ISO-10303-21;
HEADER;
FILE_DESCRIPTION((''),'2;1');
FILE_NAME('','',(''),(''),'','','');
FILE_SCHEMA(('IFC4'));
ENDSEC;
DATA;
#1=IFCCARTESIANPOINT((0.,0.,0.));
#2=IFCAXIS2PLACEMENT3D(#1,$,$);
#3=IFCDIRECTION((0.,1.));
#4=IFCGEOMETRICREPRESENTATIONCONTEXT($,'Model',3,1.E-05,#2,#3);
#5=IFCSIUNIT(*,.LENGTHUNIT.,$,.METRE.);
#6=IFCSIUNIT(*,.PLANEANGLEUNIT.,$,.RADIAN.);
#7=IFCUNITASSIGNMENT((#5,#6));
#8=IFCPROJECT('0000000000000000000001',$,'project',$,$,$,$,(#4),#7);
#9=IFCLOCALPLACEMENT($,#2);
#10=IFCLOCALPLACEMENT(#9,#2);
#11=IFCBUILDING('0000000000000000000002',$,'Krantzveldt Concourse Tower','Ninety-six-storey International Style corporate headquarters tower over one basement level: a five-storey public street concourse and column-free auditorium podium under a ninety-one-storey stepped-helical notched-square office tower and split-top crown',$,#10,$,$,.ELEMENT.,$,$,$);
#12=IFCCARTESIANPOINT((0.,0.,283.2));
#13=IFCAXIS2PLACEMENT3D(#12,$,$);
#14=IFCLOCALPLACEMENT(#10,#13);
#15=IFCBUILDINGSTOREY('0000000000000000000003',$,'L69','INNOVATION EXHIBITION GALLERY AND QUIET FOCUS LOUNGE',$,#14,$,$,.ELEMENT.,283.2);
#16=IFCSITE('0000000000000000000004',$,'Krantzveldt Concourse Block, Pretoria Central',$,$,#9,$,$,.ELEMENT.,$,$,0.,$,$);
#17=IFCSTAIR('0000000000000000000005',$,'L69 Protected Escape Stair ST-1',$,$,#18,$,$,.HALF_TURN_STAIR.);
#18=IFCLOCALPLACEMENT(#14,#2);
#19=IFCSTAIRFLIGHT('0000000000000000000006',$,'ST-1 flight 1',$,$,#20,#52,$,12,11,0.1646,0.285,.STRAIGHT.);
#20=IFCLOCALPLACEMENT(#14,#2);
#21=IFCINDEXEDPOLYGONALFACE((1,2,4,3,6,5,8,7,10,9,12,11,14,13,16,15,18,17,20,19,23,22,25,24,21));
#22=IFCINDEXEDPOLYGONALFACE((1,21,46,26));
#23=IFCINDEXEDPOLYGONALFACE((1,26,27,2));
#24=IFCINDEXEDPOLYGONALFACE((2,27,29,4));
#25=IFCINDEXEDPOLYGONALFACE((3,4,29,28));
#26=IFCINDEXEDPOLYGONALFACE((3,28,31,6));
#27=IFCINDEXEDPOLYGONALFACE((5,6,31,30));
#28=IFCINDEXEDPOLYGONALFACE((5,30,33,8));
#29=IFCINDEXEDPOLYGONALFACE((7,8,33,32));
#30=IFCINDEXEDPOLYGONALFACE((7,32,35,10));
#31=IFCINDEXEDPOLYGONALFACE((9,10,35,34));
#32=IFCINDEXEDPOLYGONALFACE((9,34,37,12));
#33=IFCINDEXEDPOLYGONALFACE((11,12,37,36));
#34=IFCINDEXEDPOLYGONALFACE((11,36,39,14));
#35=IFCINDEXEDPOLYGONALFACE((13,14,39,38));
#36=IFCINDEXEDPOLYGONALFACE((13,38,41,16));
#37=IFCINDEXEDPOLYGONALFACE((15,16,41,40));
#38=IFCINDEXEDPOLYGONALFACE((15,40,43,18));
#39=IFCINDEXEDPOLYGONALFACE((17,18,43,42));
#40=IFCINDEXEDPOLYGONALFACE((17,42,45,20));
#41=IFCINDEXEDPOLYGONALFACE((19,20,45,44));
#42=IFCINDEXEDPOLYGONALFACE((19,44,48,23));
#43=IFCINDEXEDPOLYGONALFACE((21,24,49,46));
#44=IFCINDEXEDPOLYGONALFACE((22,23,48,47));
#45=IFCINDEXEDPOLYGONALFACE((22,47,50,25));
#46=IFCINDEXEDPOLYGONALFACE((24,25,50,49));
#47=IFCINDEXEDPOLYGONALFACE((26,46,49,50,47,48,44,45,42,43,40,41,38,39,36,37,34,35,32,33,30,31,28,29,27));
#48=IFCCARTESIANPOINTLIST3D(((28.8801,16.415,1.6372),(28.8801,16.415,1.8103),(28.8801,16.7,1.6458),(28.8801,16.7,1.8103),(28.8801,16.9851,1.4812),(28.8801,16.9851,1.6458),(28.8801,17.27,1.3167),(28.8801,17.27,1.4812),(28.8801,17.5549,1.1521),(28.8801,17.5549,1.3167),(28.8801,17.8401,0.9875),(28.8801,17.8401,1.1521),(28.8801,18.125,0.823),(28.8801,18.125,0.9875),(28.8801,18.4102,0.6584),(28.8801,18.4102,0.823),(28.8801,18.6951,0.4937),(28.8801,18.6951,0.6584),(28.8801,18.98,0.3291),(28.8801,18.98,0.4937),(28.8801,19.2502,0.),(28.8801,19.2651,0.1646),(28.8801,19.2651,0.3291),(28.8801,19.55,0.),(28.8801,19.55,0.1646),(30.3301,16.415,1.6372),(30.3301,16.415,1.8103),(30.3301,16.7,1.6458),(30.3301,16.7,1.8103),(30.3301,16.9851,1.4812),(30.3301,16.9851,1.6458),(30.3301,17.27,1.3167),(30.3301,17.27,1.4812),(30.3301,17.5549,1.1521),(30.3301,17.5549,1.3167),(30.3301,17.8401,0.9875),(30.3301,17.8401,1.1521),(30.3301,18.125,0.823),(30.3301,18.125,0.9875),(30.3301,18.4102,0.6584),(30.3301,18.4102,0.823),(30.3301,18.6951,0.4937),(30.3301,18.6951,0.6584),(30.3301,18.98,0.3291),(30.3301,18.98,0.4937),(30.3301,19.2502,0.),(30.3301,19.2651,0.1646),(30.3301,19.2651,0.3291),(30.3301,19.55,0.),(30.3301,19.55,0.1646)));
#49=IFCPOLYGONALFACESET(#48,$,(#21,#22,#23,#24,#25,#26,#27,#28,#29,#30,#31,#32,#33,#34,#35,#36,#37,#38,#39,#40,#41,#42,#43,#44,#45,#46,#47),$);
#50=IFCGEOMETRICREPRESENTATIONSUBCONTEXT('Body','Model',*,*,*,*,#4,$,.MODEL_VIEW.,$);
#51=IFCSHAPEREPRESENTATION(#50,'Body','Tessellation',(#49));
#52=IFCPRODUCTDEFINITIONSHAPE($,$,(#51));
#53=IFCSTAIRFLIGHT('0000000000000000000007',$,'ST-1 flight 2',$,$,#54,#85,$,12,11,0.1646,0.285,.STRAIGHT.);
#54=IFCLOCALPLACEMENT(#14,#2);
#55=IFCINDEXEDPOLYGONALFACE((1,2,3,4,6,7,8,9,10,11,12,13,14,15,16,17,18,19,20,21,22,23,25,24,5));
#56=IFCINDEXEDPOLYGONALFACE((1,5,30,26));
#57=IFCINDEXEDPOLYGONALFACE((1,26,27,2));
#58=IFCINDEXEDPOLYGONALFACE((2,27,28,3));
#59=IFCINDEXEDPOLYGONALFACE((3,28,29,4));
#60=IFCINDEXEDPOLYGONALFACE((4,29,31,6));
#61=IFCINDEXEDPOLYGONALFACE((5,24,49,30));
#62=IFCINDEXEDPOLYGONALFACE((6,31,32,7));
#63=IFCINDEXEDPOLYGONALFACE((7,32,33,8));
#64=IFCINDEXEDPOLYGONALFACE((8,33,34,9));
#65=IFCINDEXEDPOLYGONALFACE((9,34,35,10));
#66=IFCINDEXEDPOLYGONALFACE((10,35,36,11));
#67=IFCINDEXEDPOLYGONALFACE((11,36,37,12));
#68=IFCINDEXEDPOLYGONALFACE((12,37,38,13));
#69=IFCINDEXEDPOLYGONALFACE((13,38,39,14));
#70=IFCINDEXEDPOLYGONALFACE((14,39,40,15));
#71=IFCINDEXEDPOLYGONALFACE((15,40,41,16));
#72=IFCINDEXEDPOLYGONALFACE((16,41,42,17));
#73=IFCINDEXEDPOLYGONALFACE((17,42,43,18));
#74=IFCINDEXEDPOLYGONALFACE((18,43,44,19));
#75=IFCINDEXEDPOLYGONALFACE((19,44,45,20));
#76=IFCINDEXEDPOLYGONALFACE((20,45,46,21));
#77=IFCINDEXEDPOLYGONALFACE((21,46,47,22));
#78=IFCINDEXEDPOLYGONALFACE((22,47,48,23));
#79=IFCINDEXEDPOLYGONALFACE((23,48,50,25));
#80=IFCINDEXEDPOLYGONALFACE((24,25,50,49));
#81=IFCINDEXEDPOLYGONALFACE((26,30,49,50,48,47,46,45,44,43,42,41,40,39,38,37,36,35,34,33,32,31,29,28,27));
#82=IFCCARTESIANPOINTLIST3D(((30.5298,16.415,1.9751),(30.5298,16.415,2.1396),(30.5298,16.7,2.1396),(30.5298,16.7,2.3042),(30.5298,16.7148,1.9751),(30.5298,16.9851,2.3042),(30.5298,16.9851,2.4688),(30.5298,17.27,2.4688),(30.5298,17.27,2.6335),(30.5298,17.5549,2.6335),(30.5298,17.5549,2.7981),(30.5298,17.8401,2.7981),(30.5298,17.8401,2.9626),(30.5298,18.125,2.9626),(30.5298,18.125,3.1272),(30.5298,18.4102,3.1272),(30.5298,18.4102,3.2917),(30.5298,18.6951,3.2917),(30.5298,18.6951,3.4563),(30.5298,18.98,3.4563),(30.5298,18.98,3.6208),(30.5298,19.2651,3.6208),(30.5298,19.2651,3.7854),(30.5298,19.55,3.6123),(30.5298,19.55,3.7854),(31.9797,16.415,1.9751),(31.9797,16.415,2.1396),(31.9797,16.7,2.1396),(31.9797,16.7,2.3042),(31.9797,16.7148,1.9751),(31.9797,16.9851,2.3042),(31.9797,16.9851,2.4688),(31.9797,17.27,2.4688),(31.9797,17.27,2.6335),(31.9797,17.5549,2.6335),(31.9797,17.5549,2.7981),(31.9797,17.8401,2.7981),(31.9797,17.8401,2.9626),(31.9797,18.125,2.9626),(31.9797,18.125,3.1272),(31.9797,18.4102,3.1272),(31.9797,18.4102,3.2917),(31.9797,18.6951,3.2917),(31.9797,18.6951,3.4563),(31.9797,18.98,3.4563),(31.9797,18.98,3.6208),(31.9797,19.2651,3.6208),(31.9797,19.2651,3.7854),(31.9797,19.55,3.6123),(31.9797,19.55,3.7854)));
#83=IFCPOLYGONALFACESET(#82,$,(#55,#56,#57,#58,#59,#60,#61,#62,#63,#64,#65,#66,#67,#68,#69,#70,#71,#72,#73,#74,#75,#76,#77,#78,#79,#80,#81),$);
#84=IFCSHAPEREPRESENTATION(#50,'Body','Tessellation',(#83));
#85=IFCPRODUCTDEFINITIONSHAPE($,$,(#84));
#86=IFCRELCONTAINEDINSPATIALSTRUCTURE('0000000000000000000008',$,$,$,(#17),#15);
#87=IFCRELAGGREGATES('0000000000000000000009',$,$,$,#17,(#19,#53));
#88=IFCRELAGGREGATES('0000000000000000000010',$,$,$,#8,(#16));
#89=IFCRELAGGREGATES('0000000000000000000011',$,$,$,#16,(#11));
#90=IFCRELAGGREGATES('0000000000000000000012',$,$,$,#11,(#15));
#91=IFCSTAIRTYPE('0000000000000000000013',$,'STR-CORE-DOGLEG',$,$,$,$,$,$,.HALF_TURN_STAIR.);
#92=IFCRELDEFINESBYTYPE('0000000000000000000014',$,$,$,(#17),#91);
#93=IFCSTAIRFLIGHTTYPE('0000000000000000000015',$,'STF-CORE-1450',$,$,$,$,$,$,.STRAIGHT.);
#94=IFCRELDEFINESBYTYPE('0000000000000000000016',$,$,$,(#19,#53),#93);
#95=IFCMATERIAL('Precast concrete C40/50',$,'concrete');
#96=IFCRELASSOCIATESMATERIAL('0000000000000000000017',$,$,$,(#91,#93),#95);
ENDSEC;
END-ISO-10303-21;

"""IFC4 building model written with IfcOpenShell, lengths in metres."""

from ifc_helpers import new_model, si_unit, direction, frame, origin, place, context, subcontext, project, spatial, polyline, outline, extrude, material, type_object, element, aggregate, save


model = new_model("IFC4")

# Units and contexts
model_context = context("Model", 3, precision=1e-05, world=origin(), true_north=direction((0.0, 1.0)))
body_context = subcontext(model_context, "Body", "Model", "MODEL_VIEW")
ifc_project = project(units=[si_unit("LENGTHUNIT", "METRE"), si_unit("PLANEANGLEUNIT", "RADIAN")], contexts=[model_context])

# Site, building, storey
site_placement = place(None, origin())
site = spatial("IfcSite", under=ifc_project, at=site_placement, Name="Krantzveldt Concourse Block, Pretoria Central", CompositionType="ELEMENT", RefElevation=0.0)
building_placement = place(site_placement, origin())
building = spatial("IfcBuilding", under=site, at=building_placement, Name="Krantzveldt Concourse Tower", Description="Ninety-six-storey International Style corporate headquarters tower over one basement level: a five-storey public street concourse and column-free auditorium podium under a ninety-one-storey stepped-helical notched-square office tower and split-top crown", CompositionType="ELEMENT")
storey_placement = place(building_placement, frame((0.0, 0.0, 283.2)))
storey = spatial("IfcBuildingStorey", under=building, at=storey_placement, Name="L69", Description="INNOVATION EXHIBITION GALLERY AND QUIET FOCUS LOUNGE", CompositionType="ELEMENT", Elevation=283.2)

# Stair, stair flights
ifc_material_1 = material(Name="Precast concrete C40/50", Category="concrete")
stair_type = type_object("IfcStairType", Name="STR-CORE-DOGLEG", PredefinedType="HALF_TURN_STAIR", material=ifc_material_1)
stair_placement = place(storey_placement, origin())
stair = element("IfcStair", 1, at=stair_placement, inside=storey, type_object=stair_type, Name="L69 Protected Escape Stair ST-1", PredefinedType="HALF_TURN_STAIR")
stair_flight_type = type_object("IfcStairFlightType", Name="STF-CORE-1450", PredefinedType="STRAIGHT", material=ifc_material_1)
stair_flight_1_placement = place(storey_placement, frame((29.605, 19.55, 0.0), z_axis=(0.0, 0.0, 1.0), x_axis=(0.0, -1.0, 0.0)))
stair_flight_1 = element("IfcStairFlight", 2, at=stair_flight_1_placement, type_object=stair_flight_type, Name="ST-1 flight 1", NumberOfRisers=12, NumberOfTreads=11, PredefinedType="STRAIGHT", RiserHeight=0.1646, TreadLength=0.285, context=body_context, shape_type="SweptSolid", body=[
    extrude(outline(polyline([(0.0, 0.0), (0.0, 0.1646), (0.2849, 0.1646), (0.2849, 0.3291), (0.5701, 0.3291), (0.5701, 0.4937), (0.855, 0.4937), (0.855, 0.6584), (1.1399, 0.6584), (1.1399, 0.823), (1.425, 0.823), (1.425, 0.9875), (1.71, 0.9875), (1.71, 1.1521), (1.9951, 1.1521), (1.9951, 1.3167), (2.28, 1.3167), (2.28, 1.4812), (2.5649, 1.4812), (2.5649, 1.6458), (2.8501, 1.6458), (2.8501, 1.8103), (3.135, 1.8103), (3.135, 1.9751), (3.135, 1.6372), (0.2998, 0.0), (0.0, 0.0)])), frame((0.0, 0.7251, 0.0), z_axis=(0.0, -1.0, 0.0), x_axis=(1.0, 0.0, 0.0)), (0.0, 0.0, 1.0), 1.45),
])
stair_flight_2_placement = place(storey_placement, frame((31.2549, 16.415, 1.9751), z_axis=(0.0, 0.0, 1.0), x_axis=(0.0, 1.0, 0.0)))
stair_flight_2 = element("IfcStairFlight", 3, at=stair_flight_2_placement, type_object=stair_flight_type, Name="ST-1 flight 2", NumberOfRisers=12, NumberOfTreads=11, PredefinedType="STRAIGHT", RiserHeight=0.1646, TreadLength=0.285, context=body_context, shape_type="SweptSolid", body=[
    extrude(outline(polyline([(0.0, 0.0), (0.0, 0.1646), (0.2849, 0.1646), (0.2849, 0.3291), (0.5701, 0.3291), (0.5701, 0.4937), (0.855, 0.4937), (0.855, 0.6584), (1.1399, 0.6584), (1.1399, 0.823), (1.425, 0.823), (1.425, 0.9875), (1.71, 0.9875), (1.71, 1.1521), (1.9951, 1.1521), (1.9951, 1.3167), (2.28, 1.3167), (2.28, 1.4812), (2.5649, 1.4812), (2.5649, 1.6458), (2.8501, 1.6458), (2.8501, 1.8103), (3.135, 1.8103), (3.135, 1.9751), (3.135, 1.6372), (0.2998, 0.0), (0.0, 0.0)])), frame((0.0, 0.7251, 0.0), z_axis=(0.0, -1.0, 0.0), x_axis=(1.0, 0.0, 0.0)), (0.0, 0.0, 1.0), 1.45),
])
aggregate(stair, [stair_flight_1, stair_flight_2])

save(model, "model.ifc")
